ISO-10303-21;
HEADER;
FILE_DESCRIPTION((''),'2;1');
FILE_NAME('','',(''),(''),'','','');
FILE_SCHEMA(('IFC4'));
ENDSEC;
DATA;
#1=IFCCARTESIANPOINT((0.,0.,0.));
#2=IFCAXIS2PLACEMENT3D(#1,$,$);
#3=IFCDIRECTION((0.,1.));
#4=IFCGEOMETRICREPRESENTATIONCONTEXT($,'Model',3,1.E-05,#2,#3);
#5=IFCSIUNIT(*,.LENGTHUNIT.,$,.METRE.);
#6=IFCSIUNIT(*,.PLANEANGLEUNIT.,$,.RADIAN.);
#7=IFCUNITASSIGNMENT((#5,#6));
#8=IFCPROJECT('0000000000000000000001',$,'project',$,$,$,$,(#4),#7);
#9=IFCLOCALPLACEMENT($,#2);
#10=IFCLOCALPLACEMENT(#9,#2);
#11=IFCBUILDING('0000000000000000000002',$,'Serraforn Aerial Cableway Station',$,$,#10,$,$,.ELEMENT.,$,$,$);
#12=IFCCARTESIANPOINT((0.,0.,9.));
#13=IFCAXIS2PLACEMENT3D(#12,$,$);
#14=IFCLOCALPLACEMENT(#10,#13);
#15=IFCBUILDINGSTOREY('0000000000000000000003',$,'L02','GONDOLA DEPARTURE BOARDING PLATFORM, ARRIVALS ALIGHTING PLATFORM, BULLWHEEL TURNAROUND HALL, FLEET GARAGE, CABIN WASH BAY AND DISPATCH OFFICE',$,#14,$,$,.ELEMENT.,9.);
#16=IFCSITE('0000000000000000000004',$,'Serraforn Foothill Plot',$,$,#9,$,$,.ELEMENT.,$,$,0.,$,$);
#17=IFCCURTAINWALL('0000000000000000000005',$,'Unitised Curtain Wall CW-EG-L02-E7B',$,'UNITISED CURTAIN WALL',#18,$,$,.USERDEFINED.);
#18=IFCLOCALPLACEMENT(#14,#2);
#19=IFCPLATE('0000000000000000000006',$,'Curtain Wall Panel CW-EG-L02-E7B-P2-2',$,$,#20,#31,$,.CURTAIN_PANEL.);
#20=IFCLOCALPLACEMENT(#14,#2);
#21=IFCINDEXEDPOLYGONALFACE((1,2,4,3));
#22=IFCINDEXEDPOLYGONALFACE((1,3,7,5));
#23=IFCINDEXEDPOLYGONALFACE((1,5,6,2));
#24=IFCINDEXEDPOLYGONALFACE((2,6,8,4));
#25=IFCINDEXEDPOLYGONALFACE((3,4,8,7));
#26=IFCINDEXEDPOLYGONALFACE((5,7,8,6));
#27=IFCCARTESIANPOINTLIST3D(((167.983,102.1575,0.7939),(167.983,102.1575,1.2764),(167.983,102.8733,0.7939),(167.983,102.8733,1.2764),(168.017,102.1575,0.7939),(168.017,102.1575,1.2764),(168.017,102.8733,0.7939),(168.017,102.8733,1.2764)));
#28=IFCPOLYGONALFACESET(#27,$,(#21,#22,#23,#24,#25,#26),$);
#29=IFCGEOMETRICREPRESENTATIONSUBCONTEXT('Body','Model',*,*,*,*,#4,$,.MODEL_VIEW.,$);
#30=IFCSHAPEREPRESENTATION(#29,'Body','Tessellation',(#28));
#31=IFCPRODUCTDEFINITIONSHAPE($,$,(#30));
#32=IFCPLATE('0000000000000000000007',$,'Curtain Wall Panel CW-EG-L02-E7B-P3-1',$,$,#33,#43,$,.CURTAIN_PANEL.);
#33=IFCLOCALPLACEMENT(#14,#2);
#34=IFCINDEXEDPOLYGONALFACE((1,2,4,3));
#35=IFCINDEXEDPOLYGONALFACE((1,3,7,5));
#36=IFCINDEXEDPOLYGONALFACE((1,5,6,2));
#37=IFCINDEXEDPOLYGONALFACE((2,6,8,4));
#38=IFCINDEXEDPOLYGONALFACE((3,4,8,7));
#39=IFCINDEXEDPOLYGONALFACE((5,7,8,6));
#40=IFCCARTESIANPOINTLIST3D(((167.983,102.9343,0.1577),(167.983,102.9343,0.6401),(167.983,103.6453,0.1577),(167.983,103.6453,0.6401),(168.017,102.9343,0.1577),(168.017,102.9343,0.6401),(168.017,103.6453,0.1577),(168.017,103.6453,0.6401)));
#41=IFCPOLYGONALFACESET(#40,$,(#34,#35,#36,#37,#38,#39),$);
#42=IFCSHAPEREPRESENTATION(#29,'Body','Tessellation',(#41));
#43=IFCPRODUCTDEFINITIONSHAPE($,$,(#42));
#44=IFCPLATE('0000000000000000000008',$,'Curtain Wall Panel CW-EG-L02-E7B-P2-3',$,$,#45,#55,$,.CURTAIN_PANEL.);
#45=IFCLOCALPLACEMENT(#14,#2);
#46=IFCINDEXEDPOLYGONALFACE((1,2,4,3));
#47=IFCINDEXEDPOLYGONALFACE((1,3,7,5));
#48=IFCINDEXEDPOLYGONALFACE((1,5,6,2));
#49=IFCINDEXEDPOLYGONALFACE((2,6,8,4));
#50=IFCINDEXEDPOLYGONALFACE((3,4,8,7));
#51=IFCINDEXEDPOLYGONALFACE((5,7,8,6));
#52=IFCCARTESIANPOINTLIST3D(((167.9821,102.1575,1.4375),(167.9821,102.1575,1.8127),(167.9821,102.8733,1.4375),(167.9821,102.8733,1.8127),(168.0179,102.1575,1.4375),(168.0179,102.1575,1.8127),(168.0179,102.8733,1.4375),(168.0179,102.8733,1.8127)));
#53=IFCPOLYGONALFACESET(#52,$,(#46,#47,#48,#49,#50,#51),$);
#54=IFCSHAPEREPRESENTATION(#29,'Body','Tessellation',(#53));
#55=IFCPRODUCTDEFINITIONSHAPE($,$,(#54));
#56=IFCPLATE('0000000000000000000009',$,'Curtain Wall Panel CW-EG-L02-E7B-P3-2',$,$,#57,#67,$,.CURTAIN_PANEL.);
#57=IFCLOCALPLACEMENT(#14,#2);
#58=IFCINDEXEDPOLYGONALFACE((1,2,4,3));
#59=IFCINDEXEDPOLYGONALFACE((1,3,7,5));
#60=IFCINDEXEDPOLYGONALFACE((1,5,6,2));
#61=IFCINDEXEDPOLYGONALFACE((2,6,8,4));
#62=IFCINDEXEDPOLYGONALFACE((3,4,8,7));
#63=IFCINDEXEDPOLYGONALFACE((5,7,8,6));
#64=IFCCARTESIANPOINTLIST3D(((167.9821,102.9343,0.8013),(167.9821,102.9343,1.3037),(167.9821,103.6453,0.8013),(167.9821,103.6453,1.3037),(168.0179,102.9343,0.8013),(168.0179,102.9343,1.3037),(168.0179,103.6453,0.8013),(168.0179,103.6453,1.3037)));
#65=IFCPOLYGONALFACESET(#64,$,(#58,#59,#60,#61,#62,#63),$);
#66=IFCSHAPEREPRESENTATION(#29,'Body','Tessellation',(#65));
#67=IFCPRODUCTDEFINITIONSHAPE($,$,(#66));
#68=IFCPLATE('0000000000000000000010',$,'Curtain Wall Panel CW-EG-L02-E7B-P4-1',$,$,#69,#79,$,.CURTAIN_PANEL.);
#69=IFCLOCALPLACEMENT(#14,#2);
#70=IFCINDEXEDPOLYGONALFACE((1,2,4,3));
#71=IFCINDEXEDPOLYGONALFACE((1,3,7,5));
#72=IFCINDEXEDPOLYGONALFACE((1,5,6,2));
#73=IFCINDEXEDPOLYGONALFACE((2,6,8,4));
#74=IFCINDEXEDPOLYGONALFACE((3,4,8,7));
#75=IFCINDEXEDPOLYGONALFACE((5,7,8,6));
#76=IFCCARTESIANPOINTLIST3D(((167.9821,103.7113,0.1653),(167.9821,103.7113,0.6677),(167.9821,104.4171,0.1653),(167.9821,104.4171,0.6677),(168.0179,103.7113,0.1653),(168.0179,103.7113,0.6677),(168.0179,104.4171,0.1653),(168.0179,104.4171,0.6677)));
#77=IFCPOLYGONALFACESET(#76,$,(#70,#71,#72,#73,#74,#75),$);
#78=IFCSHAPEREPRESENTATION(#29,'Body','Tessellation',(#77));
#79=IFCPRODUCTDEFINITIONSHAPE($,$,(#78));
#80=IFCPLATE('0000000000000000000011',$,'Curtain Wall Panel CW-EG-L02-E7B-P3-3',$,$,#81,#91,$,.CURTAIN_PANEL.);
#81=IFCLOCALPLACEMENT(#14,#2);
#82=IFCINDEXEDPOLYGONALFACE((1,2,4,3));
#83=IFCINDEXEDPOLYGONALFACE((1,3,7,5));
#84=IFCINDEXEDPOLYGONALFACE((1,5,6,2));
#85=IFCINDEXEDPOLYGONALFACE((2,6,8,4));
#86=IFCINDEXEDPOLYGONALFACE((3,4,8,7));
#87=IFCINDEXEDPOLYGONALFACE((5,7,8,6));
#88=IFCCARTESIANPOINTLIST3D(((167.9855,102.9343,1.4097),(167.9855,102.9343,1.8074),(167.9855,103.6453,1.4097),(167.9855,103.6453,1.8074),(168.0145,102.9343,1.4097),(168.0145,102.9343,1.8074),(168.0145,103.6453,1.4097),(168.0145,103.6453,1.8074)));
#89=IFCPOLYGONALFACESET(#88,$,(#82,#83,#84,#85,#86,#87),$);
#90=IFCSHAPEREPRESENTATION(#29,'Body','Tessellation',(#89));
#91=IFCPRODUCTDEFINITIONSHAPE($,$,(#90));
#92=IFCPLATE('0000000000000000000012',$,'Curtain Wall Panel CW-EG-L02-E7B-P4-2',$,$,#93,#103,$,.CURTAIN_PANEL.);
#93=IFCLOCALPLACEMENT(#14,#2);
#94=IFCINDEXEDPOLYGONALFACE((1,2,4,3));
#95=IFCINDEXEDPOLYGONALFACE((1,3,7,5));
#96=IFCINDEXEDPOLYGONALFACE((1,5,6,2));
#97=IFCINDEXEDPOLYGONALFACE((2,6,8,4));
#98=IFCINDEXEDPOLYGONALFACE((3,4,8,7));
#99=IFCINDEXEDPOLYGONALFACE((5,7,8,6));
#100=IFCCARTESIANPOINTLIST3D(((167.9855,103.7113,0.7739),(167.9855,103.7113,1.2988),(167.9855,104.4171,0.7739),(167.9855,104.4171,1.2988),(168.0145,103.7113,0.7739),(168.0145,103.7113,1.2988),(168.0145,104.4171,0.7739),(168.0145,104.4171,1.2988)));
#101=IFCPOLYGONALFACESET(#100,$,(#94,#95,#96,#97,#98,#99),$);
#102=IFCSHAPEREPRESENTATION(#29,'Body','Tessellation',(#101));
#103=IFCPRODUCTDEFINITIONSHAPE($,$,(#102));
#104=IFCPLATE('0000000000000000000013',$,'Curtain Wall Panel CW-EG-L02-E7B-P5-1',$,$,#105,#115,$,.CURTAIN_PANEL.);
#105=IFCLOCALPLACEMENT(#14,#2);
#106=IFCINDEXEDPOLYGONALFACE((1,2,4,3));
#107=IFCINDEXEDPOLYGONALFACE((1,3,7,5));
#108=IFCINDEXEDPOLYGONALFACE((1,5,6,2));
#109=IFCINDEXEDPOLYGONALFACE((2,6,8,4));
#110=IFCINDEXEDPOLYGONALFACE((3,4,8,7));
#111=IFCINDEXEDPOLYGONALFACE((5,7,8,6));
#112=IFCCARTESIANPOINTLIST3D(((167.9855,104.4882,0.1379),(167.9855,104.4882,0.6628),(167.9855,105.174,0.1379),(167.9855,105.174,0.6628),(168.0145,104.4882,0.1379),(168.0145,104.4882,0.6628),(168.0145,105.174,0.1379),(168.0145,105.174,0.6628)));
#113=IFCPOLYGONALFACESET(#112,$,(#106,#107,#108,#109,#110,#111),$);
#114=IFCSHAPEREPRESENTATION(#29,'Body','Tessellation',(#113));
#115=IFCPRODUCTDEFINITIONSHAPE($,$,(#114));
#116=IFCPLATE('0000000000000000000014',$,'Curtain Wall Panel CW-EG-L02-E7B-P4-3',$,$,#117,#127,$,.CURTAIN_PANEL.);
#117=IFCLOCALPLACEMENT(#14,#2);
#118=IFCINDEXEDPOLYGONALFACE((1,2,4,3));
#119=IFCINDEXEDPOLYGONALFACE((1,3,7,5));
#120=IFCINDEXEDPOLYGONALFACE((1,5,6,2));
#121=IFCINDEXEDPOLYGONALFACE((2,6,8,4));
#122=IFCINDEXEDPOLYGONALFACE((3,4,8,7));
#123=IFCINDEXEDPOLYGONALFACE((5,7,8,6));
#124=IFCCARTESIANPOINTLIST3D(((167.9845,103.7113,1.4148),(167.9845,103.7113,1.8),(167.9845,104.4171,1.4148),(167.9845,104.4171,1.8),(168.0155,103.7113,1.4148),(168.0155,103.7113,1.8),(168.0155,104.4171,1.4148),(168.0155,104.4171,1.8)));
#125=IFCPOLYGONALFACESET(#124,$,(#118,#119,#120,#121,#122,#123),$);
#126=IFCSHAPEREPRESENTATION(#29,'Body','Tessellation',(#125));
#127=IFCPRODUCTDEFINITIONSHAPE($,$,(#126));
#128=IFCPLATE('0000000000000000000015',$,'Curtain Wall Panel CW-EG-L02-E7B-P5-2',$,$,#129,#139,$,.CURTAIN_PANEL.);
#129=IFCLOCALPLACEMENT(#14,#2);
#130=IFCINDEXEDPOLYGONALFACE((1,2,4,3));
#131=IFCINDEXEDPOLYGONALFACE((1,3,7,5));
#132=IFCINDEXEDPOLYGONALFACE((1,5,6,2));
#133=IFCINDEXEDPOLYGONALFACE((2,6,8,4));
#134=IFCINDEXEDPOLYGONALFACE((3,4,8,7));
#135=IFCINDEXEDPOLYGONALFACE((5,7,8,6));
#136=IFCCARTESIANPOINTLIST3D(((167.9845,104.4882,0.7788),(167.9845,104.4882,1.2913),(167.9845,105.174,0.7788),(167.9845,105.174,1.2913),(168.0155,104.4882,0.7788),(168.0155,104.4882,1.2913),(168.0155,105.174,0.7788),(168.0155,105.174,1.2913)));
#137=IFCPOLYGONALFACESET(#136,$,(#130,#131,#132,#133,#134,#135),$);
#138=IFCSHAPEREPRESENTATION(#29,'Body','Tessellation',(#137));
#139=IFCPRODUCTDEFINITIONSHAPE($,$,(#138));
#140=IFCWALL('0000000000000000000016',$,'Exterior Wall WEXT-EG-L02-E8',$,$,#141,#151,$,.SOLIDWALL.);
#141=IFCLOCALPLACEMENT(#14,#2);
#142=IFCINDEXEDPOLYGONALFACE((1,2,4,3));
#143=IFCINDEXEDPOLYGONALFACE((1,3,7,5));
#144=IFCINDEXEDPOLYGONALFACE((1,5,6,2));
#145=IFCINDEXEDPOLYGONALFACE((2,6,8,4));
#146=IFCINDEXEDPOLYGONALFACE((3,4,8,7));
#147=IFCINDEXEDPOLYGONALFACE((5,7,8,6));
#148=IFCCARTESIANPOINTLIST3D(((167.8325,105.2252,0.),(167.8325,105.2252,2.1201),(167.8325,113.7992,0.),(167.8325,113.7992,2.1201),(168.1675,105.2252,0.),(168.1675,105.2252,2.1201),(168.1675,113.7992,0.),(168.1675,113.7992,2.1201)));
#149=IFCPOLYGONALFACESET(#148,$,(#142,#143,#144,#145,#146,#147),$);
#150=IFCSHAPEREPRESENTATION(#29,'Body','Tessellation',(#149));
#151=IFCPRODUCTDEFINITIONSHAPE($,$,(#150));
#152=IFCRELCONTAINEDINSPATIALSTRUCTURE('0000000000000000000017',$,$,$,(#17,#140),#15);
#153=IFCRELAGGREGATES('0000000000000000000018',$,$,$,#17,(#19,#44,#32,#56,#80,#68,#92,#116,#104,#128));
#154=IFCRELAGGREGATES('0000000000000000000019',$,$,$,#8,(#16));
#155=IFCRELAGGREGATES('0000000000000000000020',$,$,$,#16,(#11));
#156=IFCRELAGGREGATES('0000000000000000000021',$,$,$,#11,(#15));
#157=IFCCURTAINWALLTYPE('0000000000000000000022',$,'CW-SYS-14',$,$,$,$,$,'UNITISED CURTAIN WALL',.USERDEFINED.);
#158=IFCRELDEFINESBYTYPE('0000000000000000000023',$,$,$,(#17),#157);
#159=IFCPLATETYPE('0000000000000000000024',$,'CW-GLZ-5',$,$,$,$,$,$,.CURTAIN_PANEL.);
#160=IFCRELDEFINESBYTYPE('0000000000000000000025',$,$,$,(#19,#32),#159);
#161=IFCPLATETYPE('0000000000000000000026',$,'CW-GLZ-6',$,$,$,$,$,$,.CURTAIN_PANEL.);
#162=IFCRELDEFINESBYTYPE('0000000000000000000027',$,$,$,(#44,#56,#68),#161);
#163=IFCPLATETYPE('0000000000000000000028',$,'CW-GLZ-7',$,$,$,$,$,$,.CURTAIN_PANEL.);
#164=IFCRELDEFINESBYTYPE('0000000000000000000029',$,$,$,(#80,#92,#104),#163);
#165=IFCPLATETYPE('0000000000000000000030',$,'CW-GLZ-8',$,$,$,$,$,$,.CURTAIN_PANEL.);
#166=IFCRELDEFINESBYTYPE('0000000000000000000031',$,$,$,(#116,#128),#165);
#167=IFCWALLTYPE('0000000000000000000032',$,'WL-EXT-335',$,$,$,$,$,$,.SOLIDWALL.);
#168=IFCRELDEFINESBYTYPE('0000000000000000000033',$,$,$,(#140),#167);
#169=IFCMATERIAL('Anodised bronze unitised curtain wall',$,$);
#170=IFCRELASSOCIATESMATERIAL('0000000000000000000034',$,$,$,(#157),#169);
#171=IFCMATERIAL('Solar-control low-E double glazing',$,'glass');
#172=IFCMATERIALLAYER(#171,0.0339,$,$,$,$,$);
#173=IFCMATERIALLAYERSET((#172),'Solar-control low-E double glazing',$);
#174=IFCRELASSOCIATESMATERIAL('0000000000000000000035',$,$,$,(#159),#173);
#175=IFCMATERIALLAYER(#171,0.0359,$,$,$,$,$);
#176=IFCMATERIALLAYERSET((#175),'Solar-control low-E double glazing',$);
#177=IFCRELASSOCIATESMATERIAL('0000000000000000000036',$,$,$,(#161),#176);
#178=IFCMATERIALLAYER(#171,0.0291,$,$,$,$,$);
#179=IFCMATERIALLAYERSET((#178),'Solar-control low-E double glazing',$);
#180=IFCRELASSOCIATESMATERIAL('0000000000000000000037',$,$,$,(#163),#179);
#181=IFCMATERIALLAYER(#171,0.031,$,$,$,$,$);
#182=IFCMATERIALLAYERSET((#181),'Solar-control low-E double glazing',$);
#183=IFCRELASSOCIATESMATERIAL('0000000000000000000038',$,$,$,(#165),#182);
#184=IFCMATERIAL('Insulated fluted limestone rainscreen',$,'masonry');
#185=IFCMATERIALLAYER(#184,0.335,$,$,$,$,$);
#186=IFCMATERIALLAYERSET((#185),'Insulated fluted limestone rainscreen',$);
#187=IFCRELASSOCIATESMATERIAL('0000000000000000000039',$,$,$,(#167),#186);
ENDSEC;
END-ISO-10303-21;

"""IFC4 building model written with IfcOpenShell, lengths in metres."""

from ifc_helpers import new_model, si_unit, direction, frame, frame_2d, origin, origin_2d, place, context, subcontext, project, spatial, rectangle, extrude, material, layer, layer_set, type_object, element, aggregate, save


model = new_model("IFC4")

# Units and contexts
model_context = context("Model", 3, precision=1e-05, world=origin(), true_north=direction((0.0, 1.0)))
body_context = subcontext(model_context, "Body", "Model", "MODEL_VIEW")
ifc_project = project(units=[si_unit("LENGTHUNIT", "METRE"), si_unit("PLANEANGLEUNIT", "RADIAN")], contexts=[model_context])

# Site, building, storey
site_placement = place(None, origin())
site = spatial("IfcSite", under=ifc_project, at=site_placement, Name="Serraforn Foothill Plot", CompositionType="ELEMENT", RefElevation=0.0)
building_placement = place(site_placement, origin())
building = spatial("IfcBuilding", under=site, at=building_placement, Name="Serraforn Aerial Cableway Station", CompositionType="ELEMENT")
storey_placement = place(building_placement, frame((0.0, 0.0, 9.0)))
storey = spatial("IfcBuildingStorey", under=building, at=storey_placement, Name="L02", Description="GONDOLA DEPARTURE BOARDING PLATFORM, ARRIVALS ALIGHTING PLATFORM, BULLWHEEL TURNAROUND HALL, FLEET GARAGE, CABIN WASH BAY AND DISPATCH OFFICE", CompositionType="ELEMENT", Elevation=9.0)

# Curtain wall, plates
ifc_material_1 = material(Name="Anodised bronze unitised curtain wall")
curtain_wall_type = type_object("IfcCurtainWallType", Name="CW-SYS-14", ElementType="UNITISED CURTAIN WALL", PredefinedType="USERDEFINED", material=ifc_material_1)
curtain_wall_placement = place(storey_placement, origin())
curtain_wall = element("IfcCurtainWall", 1, at=curtain_wall_placement, inside=storey, type_object=curtain_wall_type, Name="Unitised Curtain Wall CW-EG-L02-E7B", ObjectType="UNITISED CURTAIN WALL", PredefinedType="USERDEFINED")
ifc_material_2 = material(Name="Solar-control low-E double glazing", Category="glass")
ifc_layer_1 = layer(ifc_material_2, 0.0339)
ifc_layer_set_1 = layer_set([ifc_layer_1], Name="Solar-control low-E double glazing")
plate_type_1 = type_object("IfcPlateType", Name="CW-GLZ-5", PredefinedType="CURTAIN_PANEL", material=ifc_layer_set_1)
plate_1_placement = place(storey_placement, frame((168.0, 102.5154, 0.7939), z_axis=(0.0, 0.0, 1.0), x_axis=(1.0, 0.0, 0.0)))
plate_1 = element("IfcPlate", 2, at=plate_1_placement, type_object=plate_type_1, Name="Curtain Wall Panel CW-EG-L02-E7B-P2-2", PredefinedType="CURTAIN_PANEL", context=body_context, shape_type="SweptSolid", body=[
    extrude(rectangle(XDim=0.0339, YDim=0.7158, at=origin_2d()), origin(), (0.0, 0.0, 1.0), 0.4824),
])
plate_2_placement = place(storey_placement, frame((168.0, 103.2898, 0.1577), z_axis=(0.0, 0.0, 1.0), x_axis=(1.0, 0.0, 0.0)))
plate_2 = element("IfcPlate", 3, at=plate_2_placement, type_object=plate_type_1, Name="Curtain Wall Panel CW-EG-L02-E7B-P3-1", PredefinedType="CURTAIN_PANEL", context=body_context, shape_type="SweptSolid", body=[
    extrude(rectangle(XDim=0.0339, YDim=0.7109, at=origin_2d()), origin(), (0.0, 0.0, 1.0), 0.4824),
])
ifc_layer_2 = layer(ifc_material_2, 0.0359)
ifc_layer_set_2 = layer_set([ifc_layer_2], Name="Solar-control low-E double glazing")
plate_type_2 = type_object("IfcPlateType", Name="CW-GLZ-6", PredefinedType="CURTAIN_PANEL", material=ifc_layer_set_2)
plate_3_placement = place(storey_placement, frame((168.0, 102.5154, 1.4375), z_axis=(0.0, 0.0, 1.0), x_axis=(1.0, 0.0, 0.0)))
plate_3 = element("IfcPlate", 4, at=plate_3_placement, type_object=plate_type_2, Name="Curtain Wall Panel CW-EG-L02-E7B-P2-3", PredefinedType="CURTAIN_PANEL", context=body_context, shape_type="SweptSolid", body=[
    extrude(rectangle(XDim=0.0359, YDim=0.7158, at=origin_2d()), origin(), (0.0, 0.0, 1.0), 0.3752),
])
plate_4_placement = place(storey_placement, frame((168.0, 103.2898, 0.8013), z_axis=(0.0, 0.0, 1.0), x_axis=(1.0, 0.0, 0.0)))
plate_4 = element("IfcPlate", 5, at=plate_4_placement, type_object=plate_type_2, Name="Curtain Wall Panel CW-EG-L02-E7B-P3-2", PredefinedType="CURTAIN_PANEL", context=body_context, shape_type="SweptSolid", body=[
    extrude(rectangle(XDim=0.0359, YDim=0.7109, at=origin_2d()), origin(), (0.0, 0.0, 1.0), 0.5024),
])
plate_5_placement = place(storey_placement, frame((168.0, 104.0642, 0.1653), z_axis=(0.0, 0.0, 1.0), x_axis=(1.0, 0.0, 0.0)))
plate_5 = element("IfcPlate", 6, at=plate_5_placement, type_object=plate_type_2, Name="Curtain Wall Panel CW-EG-L02-E7B-P4-1", PredefinedType="CURTAIN_PANEL", context=body_context, shape_type="SweptSolid", body=[
    extrude(rectangle(XDim=0.0359, YDim=0.7058, at=origin_2d()), origin(), (0.0, 0.0, 1.0), 0.5024),
])
ifc_layer_3 = layer(ifc_material_2, 0.0291)
ifc_layer_set_3 = layer_set([ifc_layer_3], Name="Solar-control low-E double glazing")
plate_type_3 = type_object("IfcPlateType", Name="CW-GLZ-7", PredefinedType="CURTAIN_PANEL", material=ifc_layer_set_3)
plate_6_placement = place(storey_placement, frame((168.0, 103.2898, 1.4097), z_axis=(0.0, 0.0, 1.0), x_axis=(1.0, 0.0, 0.0)))
plate_6 = element("IfcPlate", 7, at=plate_6_placement, type_object=plate_type_3, Name="Curtain Wall Panel CW-EG-L02-E7B-P3-3", PredefinedType="CURTAIN_PANEL", context=body_context, shape_type="SweptSolid", body=[
    extrude(rectangle(XDim=0.0291, YDim=0.7109, at=origin_2d()), origin(), (0.0, 0.0, 1.0), 0.3977),
])
plate_7_placement = place(storey_placement, frame((168.0, 104.0642, 0.7739), z_axis=(0.0, 0.0, 1.0), x_axis=(1.0, 0.0, 0.0)))
plate_7 = element("IfcPlate", 8, at=plate_7_placement, type_object=plate_type_3, Name="Curtain Wall Panel CW-EG-L02-E7B-P4-2", PredefinedType="CURTAIN_PANEL", context=body_context, shape_type="SweptSolid", body=[
    extrude(rectangle(XDim=0.0291, YDim=0.7058, at=origin_2d()), origin(), (0.0, 0.0, 1.0), 0.5249),
])
plate_8_placement = place(storey_placement, frame((168.0, 104.8311, 0.1379), z_axis=(0.0, 0.0, 1.0), x_axis=(1.0, 0.0, 0.0)))
plate_8 = element("IfcPlate", 9, at=plate_8_placement, type_object=plate_type_3, Name="Curtain Wall Panel CW-EG-L02-E7B-P5-1", PredefinedType="CURTAIN_PANEL", context=body_context, shape_type="SweptSolid", body=[
    extrude(rectangle(XDim=0.0291, YDim=0.6858, at=origin_2d()), origin(), (0.0, 0.0, 1.0), 0.5249),
])
ifc_layer_4 = layer(ifc_material_2, 0.031)
ifc_layer_set_4 = layer_set([ifc_layer_4], Name="Solar-control low-E double glazing")
plate_type_4 = type_object("IfcPlateType", Name="CW-GLZ-8", PredefinedType="CURTAIN_PANEL", material=ifc_layer_set_4)
plate_9_placement = place(storey_placement, frame((168.0, 104.0642, 1.4148), z_axis=(0.0, 0.0, 1.0), x_axis=(1.0, 0.0, 0.0)))
plate_9 = element("IfcPlate", 10, at=plate_9_placement, type_object=plate_type_4, Name="Curtain Wall Panel CW-EG-L02-E7B-P4-3", PredefinedType="CURTAIN_PANEL", context=body_context, shape_type="SweptSolid", body=[
    extrude(rectangle(XDim=0.031, YDim=0.7058, at=origin_2d()), origin(), (0.0, 0.0, 1.0), 0.3853),
])
plate_10_placement = place(storey_placement, frame((168.0, 104.8311, 0.7788), z_axis=(0.0, 0.0, 1.0), x_axis=(1.0, 0.0, 0.0)))
plate_10 = element("IfcPlate", 11, at=plate_10_placement, type_object=plate_type_4, Name="Curtain Wall Panel CW-EG-L02-E7B-P5-2", PredefinedType="CURTAIN_PANEL", context=body_context, shape_type="SweptSolid", body=[
    extrude(rectangle(XDim=0.031, YDim=0.6858, at=origin_2d()), origin(), (0.0, 0.0, 1.0), 0.5125),
])
aggregate(curtain_wall, [plate_1, plate_3, plate_2, plate_4, plate_6, plate_5, plate_7, plate_9, plate_8, plate_10])

# Wall
ifc_material_3 = material(Name="Insulated fluted limestone rainscreen", Category="masonry")
ifc_layer_5 = layer(ifc_material_3, 0.335)
ifc_layer_set_5 = layer_set([ifc_layer_5], Name="Insulated fluted limestone rainscreen")
wall_type = type_object("IfcWallType", Name="WL-EXT-335", PredefinedType="SOLIDWALL", material=ifc_layer_set_5)
wall_placement = place(storey_placement, frame((168.0, 105.2251, 0.0), z_axis=(0.0, 0.0, 1.0), x_axis=(0.0, 1.0, 0.0)))
element("IfcWall", 12, at=wall_placement, inside=storey, type_object=wall_type, Name="Exterior Wall WEXT-EG-L02-E8", PredefinedType="SOLIDWALL", context=body_context, shape_type="SweptSolid", body=[
    extrude(rectangle(XDim=8.574, YDim=0.335, at=frame_2d((4.2871, 0.0))), origin(), (0.0, 0.0, 1.0), 2.1201),
])

save(model, "model.ifc")
